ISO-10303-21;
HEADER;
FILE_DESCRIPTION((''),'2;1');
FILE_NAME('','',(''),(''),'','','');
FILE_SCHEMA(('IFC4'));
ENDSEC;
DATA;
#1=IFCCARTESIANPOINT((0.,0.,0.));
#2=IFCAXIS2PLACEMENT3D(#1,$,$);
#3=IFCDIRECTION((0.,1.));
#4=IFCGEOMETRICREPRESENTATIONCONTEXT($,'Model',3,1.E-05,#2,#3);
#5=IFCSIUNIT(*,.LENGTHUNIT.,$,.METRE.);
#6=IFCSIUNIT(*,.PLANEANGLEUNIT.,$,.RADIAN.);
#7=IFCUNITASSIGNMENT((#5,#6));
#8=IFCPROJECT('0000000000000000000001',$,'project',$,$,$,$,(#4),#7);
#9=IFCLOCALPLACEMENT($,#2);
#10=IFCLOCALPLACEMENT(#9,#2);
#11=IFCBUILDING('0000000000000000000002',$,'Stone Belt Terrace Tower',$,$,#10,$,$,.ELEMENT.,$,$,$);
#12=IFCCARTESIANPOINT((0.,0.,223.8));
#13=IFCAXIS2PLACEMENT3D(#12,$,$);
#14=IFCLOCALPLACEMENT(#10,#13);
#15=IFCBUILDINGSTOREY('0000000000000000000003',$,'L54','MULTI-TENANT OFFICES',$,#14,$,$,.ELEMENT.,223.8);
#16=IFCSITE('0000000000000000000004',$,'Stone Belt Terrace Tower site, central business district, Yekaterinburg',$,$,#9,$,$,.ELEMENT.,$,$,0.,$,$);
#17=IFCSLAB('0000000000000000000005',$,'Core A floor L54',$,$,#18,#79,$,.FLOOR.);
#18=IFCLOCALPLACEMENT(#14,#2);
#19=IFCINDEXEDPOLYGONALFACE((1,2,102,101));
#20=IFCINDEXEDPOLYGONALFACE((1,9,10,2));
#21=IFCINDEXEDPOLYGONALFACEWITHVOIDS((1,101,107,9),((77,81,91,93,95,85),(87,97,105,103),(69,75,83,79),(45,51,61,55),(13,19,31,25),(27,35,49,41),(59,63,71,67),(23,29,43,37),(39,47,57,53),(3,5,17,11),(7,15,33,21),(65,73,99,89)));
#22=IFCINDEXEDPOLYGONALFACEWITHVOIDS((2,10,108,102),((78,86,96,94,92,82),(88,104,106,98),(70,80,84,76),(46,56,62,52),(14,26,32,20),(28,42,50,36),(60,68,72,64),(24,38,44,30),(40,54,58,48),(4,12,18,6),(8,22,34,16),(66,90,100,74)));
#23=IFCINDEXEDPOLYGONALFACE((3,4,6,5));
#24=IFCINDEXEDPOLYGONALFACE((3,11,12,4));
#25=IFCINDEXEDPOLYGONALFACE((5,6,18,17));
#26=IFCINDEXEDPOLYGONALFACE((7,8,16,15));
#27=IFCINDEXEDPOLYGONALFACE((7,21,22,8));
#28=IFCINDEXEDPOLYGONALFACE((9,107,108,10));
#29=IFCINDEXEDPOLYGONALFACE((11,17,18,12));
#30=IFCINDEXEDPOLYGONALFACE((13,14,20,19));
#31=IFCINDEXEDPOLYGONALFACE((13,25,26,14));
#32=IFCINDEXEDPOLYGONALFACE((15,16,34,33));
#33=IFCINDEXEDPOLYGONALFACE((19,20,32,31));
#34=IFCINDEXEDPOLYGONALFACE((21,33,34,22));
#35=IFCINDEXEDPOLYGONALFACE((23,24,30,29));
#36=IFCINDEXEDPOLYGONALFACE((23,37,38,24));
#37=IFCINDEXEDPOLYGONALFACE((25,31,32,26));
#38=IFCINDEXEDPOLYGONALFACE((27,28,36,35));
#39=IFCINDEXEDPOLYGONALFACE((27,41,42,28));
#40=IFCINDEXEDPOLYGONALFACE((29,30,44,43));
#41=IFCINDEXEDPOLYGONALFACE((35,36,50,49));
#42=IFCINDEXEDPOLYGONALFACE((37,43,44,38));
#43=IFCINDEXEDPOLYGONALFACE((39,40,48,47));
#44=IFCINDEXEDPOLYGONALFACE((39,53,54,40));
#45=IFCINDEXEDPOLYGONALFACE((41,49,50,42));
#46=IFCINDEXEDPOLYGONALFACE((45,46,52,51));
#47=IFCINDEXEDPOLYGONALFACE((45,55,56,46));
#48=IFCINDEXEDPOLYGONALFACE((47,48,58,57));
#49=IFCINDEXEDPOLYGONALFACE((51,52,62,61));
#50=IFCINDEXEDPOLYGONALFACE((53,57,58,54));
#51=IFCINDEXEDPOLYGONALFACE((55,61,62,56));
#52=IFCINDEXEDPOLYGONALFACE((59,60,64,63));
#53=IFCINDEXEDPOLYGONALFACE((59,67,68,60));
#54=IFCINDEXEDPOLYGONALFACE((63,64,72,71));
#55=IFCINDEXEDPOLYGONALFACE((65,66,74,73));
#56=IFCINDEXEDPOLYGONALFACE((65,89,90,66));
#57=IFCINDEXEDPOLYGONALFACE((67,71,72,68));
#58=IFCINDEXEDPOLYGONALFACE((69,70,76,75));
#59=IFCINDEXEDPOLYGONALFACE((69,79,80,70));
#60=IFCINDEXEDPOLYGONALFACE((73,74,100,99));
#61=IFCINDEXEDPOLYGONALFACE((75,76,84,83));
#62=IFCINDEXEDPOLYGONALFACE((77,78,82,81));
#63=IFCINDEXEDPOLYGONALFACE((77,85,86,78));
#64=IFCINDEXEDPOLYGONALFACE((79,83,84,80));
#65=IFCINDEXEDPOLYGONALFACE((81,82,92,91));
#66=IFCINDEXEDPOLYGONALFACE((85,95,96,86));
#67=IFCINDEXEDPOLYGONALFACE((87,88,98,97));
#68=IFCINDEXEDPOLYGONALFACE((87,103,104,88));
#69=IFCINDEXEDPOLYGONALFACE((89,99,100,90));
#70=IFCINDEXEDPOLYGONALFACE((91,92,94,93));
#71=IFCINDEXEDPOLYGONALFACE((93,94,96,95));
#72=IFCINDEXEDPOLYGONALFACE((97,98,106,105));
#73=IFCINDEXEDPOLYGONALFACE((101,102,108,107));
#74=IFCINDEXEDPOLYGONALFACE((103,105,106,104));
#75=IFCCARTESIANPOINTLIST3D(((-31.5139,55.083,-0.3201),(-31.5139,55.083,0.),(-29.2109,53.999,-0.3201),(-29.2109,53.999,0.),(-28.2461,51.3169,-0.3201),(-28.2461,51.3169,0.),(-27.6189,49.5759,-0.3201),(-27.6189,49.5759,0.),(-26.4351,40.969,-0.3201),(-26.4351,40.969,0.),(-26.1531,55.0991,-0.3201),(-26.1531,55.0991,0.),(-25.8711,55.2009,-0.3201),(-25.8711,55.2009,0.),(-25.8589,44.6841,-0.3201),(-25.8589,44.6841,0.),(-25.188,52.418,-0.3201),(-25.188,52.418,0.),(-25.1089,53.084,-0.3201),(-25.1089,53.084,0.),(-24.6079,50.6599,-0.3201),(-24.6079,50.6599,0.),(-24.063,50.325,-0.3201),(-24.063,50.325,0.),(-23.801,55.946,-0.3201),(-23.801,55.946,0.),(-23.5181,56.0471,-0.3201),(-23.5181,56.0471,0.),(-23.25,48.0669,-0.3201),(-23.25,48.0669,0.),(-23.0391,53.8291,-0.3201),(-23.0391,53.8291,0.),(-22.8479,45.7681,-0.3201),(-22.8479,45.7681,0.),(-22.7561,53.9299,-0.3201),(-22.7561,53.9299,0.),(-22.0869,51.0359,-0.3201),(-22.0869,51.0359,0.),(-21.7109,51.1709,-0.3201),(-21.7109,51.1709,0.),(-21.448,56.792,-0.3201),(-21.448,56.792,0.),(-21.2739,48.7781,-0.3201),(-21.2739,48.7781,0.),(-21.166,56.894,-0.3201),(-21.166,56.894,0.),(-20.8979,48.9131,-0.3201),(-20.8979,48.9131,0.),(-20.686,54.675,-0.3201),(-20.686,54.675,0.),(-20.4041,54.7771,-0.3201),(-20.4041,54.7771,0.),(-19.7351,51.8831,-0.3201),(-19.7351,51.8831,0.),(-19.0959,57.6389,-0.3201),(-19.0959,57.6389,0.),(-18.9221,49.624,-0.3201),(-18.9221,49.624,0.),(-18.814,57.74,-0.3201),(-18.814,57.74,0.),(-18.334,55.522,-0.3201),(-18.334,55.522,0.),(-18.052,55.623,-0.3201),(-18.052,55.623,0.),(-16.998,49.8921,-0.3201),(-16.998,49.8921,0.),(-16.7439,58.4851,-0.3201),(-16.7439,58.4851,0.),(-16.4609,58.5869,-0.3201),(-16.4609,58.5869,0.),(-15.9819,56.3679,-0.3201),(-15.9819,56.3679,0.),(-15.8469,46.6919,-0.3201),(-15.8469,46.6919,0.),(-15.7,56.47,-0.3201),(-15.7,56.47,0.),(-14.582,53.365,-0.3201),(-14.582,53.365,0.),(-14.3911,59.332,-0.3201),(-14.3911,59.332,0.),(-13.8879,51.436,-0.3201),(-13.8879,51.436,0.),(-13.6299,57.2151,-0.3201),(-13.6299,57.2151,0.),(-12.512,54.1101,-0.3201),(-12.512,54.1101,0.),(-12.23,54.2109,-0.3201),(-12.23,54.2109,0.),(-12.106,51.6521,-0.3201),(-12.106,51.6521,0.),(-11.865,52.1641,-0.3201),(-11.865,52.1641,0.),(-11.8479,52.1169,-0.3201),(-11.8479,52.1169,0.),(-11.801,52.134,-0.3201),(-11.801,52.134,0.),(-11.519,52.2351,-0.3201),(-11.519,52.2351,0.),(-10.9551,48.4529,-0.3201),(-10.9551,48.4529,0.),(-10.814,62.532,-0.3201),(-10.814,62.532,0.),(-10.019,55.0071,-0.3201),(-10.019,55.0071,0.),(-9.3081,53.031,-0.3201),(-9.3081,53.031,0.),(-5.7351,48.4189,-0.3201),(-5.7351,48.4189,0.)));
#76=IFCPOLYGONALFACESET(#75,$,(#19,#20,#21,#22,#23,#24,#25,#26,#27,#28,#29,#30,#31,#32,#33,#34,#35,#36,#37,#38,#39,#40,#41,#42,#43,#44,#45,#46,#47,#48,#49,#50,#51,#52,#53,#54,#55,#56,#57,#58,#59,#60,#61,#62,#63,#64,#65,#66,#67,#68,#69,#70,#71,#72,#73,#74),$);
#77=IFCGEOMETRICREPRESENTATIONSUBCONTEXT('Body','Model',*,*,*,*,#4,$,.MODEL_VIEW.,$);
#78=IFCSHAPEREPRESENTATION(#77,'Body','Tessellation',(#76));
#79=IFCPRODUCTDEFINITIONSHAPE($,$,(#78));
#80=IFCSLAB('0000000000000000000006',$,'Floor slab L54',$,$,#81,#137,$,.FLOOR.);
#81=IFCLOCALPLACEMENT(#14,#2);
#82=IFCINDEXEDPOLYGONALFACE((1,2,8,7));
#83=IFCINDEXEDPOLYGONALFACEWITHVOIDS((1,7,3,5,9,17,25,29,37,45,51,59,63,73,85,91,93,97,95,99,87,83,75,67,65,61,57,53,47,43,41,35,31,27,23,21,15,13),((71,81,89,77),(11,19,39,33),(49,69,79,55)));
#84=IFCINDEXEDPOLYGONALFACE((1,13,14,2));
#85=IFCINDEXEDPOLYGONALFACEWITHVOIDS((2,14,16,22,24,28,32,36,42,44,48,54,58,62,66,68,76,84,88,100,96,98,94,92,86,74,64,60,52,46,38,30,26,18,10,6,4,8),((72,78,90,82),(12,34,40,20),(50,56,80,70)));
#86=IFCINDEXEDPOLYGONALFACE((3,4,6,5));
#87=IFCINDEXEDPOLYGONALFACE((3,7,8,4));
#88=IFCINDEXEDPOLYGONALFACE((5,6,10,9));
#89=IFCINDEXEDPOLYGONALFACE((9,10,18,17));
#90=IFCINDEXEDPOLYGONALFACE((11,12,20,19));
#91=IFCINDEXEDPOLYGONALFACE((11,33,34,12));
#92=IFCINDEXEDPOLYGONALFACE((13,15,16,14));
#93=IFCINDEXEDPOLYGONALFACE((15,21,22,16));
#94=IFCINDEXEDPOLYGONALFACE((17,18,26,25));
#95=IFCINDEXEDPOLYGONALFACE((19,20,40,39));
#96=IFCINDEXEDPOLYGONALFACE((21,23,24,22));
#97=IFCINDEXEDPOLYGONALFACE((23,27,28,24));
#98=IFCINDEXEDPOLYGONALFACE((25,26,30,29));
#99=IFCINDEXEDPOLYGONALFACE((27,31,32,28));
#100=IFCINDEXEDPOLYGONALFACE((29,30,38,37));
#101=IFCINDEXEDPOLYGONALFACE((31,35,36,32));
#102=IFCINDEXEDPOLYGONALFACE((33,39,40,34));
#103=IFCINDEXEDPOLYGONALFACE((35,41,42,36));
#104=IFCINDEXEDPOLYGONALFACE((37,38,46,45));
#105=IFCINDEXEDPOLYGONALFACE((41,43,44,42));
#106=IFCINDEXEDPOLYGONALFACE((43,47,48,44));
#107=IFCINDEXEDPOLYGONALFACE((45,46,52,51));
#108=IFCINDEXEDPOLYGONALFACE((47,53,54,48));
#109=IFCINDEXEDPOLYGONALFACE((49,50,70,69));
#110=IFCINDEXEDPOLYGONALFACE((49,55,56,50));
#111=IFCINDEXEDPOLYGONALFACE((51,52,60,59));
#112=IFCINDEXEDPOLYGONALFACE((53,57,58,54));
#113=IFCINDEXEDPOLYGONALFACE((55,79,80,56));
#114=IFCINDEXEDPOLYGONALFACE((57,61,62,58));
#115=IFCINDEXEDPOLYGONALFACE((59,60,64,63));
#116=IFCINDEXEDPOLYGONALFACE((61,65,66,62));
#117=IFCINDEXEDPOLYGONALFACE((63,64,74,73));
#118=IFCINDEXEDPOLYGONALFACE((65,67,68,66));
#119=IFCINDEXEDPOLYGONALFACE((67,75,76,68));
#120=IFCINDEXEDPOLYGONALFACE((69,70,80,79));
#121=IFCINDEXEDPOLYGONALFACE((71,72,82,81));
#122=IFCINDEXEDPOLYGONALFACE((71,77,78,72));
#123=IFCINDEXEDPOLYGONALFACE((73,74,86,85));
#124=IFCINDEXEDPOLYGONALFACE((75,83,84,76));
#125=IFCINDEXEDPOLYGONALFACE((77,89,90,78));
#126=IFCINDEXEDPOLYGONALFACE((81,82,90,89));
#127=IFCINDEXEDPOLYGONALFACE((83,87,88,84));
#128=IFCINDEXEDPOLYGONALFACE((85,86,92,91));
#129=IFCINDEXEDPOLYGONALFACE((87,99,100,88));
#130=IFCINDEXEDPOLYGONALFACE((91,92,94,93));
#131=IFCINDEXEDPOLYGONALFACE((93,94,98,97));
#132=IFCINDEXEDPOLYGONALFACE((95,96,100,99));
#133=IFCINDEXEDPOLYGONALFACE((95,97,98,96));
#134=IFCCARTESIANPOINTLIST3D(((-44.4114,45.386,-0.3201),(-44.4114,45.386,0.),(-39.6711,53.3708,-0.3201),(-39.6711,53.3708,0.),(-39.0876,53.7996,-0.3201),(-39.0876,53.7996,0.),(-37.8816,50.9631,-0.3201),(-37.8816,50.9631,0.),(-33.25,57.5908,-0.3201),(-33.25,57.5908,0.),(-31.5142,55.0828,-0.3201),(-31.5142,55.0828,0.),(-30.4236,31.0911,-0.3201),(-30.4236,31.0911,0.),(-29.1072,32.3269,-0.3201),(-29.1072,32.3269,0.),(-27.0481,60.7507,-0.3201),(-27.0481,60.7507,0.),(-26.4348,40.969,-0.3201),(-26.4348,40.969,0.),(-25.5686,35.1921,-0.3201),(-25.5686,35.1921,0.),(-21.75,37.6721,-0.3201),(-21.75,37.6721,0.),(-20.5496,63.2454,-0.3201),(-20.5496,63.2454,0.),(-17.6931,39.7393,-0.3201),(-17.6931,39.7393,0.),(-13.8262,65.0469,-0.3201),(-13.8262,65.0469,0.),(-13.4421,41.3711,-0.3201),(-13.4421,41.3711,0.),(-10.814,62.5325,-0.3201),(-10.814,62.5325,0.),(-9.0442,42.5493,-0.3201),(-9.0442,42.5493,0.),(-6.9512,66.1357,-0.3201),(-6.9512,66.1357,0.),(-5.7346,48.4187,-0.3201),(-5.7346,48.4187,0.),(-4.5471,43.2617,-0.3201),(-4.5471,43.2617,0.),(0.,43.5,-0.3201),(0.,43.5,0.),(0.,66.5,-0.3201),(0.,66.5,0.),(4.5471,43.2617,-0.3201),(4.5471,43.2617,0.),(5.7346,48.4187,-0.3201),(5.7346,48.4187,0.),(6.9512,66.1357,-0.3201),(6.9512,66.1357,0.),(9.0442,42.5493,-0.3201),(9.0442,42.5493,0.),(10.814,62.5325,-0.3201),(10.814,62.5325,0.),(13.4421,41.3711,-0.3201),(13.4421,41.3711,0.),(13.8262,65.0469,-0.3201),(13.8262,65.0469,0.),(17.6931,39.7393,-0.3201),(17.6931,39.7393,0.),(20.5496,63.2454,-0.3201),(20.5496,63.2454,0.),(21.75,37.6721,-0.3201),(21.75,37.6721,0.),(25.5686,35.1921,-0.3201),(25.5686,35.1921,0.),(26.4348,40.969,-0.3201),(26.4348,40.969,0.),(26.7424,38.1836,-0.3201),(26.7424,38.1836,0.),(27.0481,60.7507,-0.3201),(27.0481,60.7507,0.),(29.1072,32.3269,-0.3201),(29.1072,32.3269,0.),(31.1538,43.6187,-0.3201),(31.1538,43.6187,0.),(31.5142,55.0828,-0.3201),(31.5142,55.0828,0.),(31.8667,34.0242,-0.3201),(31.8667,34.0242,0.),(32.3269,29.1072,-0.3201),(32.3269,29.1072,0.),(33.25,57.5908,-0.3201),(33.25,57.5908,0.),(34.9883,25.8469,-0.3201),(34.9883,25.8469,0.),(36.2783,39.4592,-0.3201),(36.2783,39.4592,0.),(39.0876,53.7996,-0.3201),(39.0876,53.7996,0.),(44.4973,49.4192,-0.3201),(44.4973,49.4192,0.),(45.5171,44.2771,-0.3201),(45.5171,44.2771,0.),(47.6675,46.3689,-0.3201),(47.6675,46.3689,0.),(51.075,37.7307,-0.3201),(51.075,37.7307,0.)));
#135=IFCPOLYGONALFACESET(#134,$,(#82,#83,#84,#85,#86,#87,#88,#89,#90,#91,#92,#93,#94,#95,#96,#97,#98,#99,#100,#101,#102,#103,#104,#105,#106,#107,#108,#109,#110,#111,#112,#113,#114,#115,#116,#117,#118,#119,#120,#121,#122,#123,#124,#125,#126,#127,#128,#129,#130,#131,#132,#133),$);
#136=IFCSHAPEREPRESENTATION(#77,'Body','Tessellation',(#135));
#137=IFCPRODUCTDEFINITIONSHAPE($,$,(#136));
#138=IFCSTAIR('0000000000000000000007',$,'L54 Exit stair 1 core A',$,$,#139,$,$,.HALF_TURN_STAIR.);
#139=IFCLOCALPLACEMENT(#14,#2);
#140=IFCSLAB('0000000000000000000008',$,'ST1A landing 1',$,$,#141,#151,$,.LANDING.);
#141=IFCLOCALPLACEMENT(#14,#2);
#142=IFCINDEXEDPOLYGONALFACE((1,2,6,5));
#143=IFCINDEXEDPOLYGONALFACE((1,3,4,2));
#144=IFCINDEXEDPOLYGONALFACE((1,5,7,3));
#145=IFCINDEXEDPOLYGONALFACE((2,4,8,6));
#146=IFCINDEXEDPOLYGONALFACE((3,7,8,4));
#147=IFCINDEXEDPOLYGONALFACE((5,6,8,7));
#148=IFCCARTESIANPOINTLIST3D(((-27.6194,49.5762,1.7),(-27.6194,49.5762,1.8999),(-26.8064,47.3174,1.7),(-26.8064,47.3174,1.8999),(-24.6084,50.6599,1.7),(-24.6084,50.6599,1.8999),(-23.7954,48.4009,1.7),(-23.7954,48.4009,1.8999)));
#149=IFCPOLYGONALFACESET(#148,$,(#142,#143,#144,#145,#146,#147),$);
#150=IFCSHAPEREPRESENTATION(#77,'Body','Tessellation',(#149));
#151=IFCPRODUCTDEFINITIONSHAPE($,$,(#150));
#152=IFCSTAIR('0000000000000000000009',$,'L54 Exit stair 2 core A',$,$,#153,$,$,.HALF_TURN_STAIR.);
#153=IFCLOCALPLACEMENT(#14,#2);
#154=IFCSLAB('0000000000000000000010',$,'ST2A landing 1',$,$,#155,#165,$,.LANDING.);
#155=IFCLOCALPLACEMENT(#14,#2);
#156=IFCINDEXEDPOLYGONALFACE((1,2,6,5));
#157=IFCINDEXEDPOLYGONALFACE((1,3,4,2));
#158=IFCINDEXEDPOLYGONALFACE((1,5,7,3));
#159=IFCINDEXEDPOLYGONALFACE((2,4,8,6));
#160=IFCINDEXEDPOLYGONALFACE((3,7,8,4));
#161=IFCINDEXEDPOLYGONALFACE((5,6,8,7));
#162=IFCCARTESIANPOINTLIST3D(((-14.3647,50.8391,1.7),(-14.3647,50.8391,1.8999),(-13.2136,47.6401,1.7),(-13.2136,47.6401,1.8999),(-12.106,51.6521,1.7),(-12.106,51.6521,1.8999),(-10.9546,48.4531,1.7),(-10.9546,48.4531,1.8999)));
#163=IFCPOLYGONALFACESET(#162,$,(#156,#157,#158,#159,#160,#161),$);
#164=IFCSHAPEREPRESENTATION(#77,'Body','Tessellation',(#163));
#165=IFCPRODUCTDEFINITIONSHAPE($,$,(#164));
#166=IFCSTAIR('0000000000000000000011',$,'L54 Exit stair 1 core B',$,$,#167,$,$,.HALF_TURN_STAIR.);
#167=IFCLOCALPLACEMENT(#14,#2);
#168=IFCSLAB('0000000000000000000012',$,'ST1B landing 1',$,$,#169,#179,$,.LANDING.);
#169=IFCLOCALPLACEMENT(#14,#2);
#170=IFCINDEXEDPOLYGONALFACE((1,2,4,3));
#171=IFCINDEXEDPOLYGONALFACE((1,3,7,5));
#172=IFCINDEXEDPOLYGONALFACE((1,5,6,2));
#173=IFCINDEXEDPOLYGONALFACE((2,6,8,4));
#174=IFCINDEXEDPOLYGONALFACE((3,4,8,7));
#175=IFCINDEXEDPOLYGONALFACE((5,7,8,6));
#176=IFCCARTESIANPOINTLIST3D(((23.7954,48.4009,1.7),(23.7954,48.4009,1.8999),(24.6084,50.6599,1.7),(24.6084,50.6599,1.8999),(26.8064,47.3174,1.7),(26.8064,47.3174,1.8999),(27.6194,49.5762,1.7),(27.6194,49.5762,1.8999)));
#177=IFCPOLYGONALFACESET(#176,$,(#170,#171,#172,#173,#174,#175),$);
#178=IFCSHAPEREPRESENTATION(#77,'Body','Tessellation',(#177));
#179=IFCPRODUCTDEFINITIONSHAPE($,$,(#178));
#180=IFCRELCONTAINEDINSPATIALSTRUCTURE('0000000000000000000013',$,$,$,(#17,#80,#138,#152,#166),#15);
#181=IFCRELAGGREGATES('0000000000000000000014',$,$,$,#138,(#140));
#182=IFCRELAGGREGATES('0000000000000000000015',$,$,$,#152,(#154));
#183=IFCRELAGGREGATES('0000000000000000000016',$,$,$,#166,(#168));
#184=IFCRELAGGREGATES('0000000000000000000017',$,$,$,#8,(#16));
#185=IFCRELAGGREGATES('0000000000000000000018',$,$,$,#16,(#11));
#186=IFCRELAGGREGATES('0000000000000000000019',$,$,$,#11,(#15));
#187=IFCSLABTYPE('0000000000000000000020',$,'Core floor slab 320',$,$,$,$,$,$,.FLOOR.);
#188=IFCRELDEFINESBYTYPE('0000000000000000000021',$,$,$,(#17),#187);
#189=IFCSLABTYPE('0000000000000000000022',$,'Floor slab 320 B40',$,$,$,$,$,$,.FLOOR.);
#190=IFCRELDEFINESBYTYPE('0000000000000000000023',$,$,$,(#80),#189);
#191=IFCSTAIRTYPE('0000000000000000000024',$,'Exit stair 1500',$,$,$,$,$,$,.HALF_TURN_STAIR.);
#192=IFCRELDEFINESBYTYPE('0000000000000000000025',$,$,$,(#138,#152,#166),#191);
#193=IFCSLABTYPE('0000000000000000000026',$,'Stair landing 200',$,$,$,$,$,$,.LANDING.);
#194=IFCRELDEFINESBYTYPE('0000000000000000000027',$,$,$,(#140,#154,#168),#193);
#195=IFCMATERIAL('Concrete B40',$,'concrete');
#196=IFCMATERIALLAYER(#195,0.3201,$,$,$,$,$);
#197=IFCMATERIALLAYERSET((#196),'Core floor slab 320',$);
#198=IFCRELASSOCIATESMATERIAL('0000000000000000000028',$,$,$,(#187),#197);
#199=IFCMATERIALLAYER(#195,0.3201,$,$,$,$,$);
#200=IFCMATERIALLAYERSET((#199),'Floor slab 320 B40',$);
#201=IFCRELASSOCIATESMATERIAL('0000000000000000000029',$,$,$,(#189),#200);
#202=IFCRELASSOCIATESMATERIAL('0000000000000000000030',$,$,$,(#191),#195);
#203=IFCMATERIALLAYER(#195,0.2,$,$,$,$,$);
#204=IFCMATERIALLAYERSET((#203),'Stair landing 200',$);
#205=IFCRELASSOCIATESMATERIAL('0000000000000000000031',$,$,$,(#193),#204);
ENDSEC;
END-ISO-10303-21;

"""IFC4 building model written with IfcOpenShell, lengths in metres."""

from ifc_helpers import new_model, si_unit, direction, frame, origin, place, context, subcontext, project, spatial, polyline, outline, extrude, material, layer, layer_set, type_object, element, aggregate, save


model = new_model("IFC4")

# Units and contexts
model_context = context("Model", 3, precision=1e-05, world=origin(), true_north=direction((0.0, 1.0)))
body_context = subcontext(model_context, "Body", "Model", "MODEL_VIEW")
ifc_project = project(units=[si_unit("LENGTHUNIT", "METRE"), si_unit("PLANEANGLEUNIT", "RADIAN")], contexts=[model_context])

# Site, building, storey
site_placement = place(None, origin())
site = spatial("IfcSite", under=ifc_project, at=site_placement, Name="Stone Belt Terrace Tower site, central business district, Yekaterinburg", CompositionType="ELEMENT", RefElevation=0.0)
building_placement = place(site_placement, origin())
building = spatial("IfcBuilding", under=site, at=building_placement, Name="Stone Belt Terrace Tower", CompositionType="ELEMENT")
storey_placement = place(building_placement, frame((0.0, 0.0, 223.8)))
storey = spatial("IfcBuildingStorey", under=building, at=storey_placement, Name="L54", Description="MULTI-TENANT OFFICES", CompositionType="ELEMENT", Elevation=223.8)

# Slabs
ifc_material_1 = material(Name="Concrete B40", Category="concrete")
ifc_layer_1 = layer(ifc_material_1, 0.3201)
ifc_layer_set_1 = layer_set([ifc_layer_1], Name="Core floor slab 320")
slab_type_1 = type_object("IfcSlabType", Name="Core floor slab 320", PredefinedType="FLOOR", material=ifc_layer_set_1)
slab_1_placement = place(storey_placement, frame((0.0, 0.0, -0.3201)))
element("IfcSlab", 1, at=slab_1_placement, inside=storey, type_object=slab_type_1, Name="Core A floor L54", PredefinedType="FLOOR", context=body_context, shape_type="SweptSolid", body=[
    extrude(outline(polyline([(-26.4351, 40.969), (-5.7351, 48.4189), (-10.814, 62.532), (-31.5139, 55.083), (-26.4351, 40.969)]), holes=[polyline([(-24.6079, 50.6599), (-22.8479, 45.7681), (-25.8589, 44.6841), (-27.6189, 49.5759), (-24.6079, 50.6599)]), polyline([(-23.25, 48.0669), (-24.063, 50.325), (-22.0869, 51.0359), (-21.2739, 48.7781), (-23.25, 48.0669)]), polyline([(-20.8979, 48.9131), (-21.7109, 51.1709), (-19.7351, 51.8831), (-18.9221, 49.624), (-20.8979, 48.9131)]), polyline([(-28.2461, 51.3169), (-29.2109, 53.999), (-26.1531, 55.0991), (-25.188, 52.418), (-28.2461, 51.3169)]), polyline([(-23.801, 55.946), (-23.0391, 53.8291), (-25.1089, 53.084), (-25.8711, 55.2009), (-23.801, 55.946)]), polyline([(-21.448, 56.792), (-20.686, 54.675), (-22.7561, 53.9299), (-23.5181, 56.0471), (-21.448, 56.792)]), polyline([(-10.9551, 48.4529), (-15.8469, 46.6919), (-16.998, 49.8921), (-12.106, 51.6521), (-10.9551, 48.4529)]), polyline([(-11.8479, 52.1169), (-11.865, 52.1641), (-13.8879, 51.436), (-14.582, 53.365), (-12.512, 54.1101), (-11.801, 52.134), (-11.8479, 52.1169)]), polyline([(-9.3081, 53.031), (-11.519, 52.2351), (-12.23, 54.2109), (-10.019, 55.0071), (-9.3081, 53.031)]), polyline([(-21.166, 56.894), (-19.0959, 57.6389), (-18.334, 55.522), (-20.4041, 54.7771), (-21.166, 56.894)]), polyline([(-16.7439, 58.4851), (-15.9819, 56.3679), (-18.052, 55.623), (-18.814, 57.74), (-16.7439, 58.4851)]), polyline([(-14.3911, 59.332), (-13.6299, 57.2151), (-15.7, 56.47), (-16.4609, 58.5869), (-14.3911, 59.332)])]), origin(), (0.0, 0.0, 1.0), 0.3201),
])
ifc_layer_2 = layer(ifc_material_1, 0.3201)
ifc_layer_set_2 = layer_set([ifc_layer_2], Name="Floor slab 320 B40")
slab_type_2 = type_object("IfcSlabType", Name="Floor slab 320 B40", PredefinedType="FLOOR", material=ifc_layer_set_2)
slab_2_placement = place(storey_placement, frame((0.0, 0.0, -0.3201)))
element("IfcSlab", 2, at=slab_2_placement, inside=storey, type_object=slab_type_2, Name="Floor slab L54", PredefinedType="FLOOR", context=body_context, shape_type="SweptSolid", body=[
    extrude(outline(polyline([(-39.6711, 53.3708), (-39.0876, 53.7996), (-33.25, 57.5908), (-27.0481, 60.7507), (-20.5496, 63.2454), (-13.8262, 65.0469), (-6.9512, 66.1357), (0.0, 66.5), (6.9512, 66.1357), (13.8262, 65.0469), (20.5496, 63.2454), (27.0481, 60.7507), (33.25, 57.5908), (39.0876, 53.7996), (44.4973, 49.4192), (47.6675, 46.3689), (45.5171, 44.2771), (51.075, 37.7307), (34.9883, 25.8469), (32.3269, 29.1072), (29.1072, 32.3269), (25.5686, 35.1921), (21.75, 37.6721), (17.6931, 39.7393), (13.4421, 41.3711), (9.0442, 42.5493), (4.5471, 43.2617), (0.0, 43.5), (-4.5471, 43.2617), (-9.0442, 42.5493), (-13.4421, 41.3711), (-17.6931, 39.7393), (-21.75, 37.6721), (-25.5686, 35.1921), (-29.1072, 32.3269), (-30.4236, 31.0911), (-44.4114, 45.386), (-37.8816, 50.9631), (-39.6711, 53.3708)]), holes=[polyline([(-31.5142, 55.0828), (-26.4348, 40.969), (-5.7346, 48.4187), (-10.814, 62.5325), (-31.5142, 55.0828)]), polyline([(31.5142, 55.0828), (10.814, 62.5325), (5.7346, 48.4187), (26.4348, 40.969), (31.5142, 55.0828)]), polyline([(36.2783, 39.4592), (31.1538, 43.6187), (26.7424, 38.1836), (31.8667, 34.0242), (36.2783, 39.4592)])]), origin(), (0.0, 0.0, 1.0), 0.3201),
])

# Stairs, slabs
stair_type = type_object("IfcStairType", Name="Exit stair 1500", PredefinedType="HALF_TURN_STAIR", material=ifc_material_1)
stair_1_placement = place(storey_placement, origin())
stair_1 = element("IfcStair", 3, at=stair_1_placement, inside=storey, type_object=stair_type, Name="L54 Exit stair 1 core A", PredefinedType="HALF_TURN_STAIR")
ifc_layer_3 = layer(ifc_material_1, 0.2)
ifc_layer_set_3 = layer_set([ifc_layer_3], Name="Stair landing 200")
slab_type_3 = type_object("IfcSlabType", Name="Stair landing 200", PredefinedType="LANDING", material=ifc_layer_set_3)
slab_3_placement = place(storey_placement, frame((0.0, 0.0, 1.7)))
slab_3 = element("IfcSlab", 4, at=slab_3_placement, type_object=slab_type_3, Name="ST1A landing 1", PredefinedType="LANDING", context=body_context, shape_type="SweptSolid", body=[
    extrude(outline(polyline([(-23.7954, 48.4009), (-24.6084, 50.6599), (-27.6194, 49.5762), (-26.8064, 47.3174), (-23.7954, 48.4009)])), origin(), (0.0, 0.0, 1.0), 0.2),
])
aggregate(stair_1, [slab_3])
stair_2_placement = place(storey_placement, origin())
stair_2 = element("IfcStair", 5, at=stair_2_placement, inside=storey, type_object=stair_type, Name="L54 Exit stair 2 core A", PredefinedType="HALF_TURN_STAIR")
slab_4_placement = place(storey_placement, frame((0.0, 0.0, 1.7)))
slab_4 = element("IfcSlab", 6, at=slab_4_placement, type_object=slab_type_3, Name="ST2A landing 1", PredefinedType="LANDING", context=body_context, shape_type="SweptSolid", body=[
    extrude(outline(polyline([(-13.2136, 47.6401), (-10.9546, 48.4531), (-12.106, 51.6521), (-14.3647, 50.8391), (-13.2136, 47.6401)])), origin(), (0.0, 0.0, 1.0), 0.2),
])
aggregate(stair_2, [slab_4])
stair_3_placement = place(storey_placement, origin())
stair_3 = element("IfcStair", 7, at=stair_3_placement, inside=storey, type_object=stair_type, Name="L54 Exit stair 1 core B", PredefinedType="HALF_TURN_STAIR")
slab_5_placement = place(storey_placement, frame((0.0, 0.0, 1.7)))
slab_5 = element("IfcSlab", 8, at=slab_5_placement, type_object=slab_type_3, Name="ST1B landing 1", PredefinedType="LANDING", context=body_context, shape_type="SweptSolid", body=[
    extrude(outline(polyline([(26.8064, 47.3174), (27.6194, 49.5762), (24.6084, 50.6599), (23.7954, 48.4009), (26.8064, 47.3174)])), origin(), (0.0, 0.0, 1.0), 0.2),
])
aggregate(stair_3, [slab_5])

save(model, "model.ifc")
